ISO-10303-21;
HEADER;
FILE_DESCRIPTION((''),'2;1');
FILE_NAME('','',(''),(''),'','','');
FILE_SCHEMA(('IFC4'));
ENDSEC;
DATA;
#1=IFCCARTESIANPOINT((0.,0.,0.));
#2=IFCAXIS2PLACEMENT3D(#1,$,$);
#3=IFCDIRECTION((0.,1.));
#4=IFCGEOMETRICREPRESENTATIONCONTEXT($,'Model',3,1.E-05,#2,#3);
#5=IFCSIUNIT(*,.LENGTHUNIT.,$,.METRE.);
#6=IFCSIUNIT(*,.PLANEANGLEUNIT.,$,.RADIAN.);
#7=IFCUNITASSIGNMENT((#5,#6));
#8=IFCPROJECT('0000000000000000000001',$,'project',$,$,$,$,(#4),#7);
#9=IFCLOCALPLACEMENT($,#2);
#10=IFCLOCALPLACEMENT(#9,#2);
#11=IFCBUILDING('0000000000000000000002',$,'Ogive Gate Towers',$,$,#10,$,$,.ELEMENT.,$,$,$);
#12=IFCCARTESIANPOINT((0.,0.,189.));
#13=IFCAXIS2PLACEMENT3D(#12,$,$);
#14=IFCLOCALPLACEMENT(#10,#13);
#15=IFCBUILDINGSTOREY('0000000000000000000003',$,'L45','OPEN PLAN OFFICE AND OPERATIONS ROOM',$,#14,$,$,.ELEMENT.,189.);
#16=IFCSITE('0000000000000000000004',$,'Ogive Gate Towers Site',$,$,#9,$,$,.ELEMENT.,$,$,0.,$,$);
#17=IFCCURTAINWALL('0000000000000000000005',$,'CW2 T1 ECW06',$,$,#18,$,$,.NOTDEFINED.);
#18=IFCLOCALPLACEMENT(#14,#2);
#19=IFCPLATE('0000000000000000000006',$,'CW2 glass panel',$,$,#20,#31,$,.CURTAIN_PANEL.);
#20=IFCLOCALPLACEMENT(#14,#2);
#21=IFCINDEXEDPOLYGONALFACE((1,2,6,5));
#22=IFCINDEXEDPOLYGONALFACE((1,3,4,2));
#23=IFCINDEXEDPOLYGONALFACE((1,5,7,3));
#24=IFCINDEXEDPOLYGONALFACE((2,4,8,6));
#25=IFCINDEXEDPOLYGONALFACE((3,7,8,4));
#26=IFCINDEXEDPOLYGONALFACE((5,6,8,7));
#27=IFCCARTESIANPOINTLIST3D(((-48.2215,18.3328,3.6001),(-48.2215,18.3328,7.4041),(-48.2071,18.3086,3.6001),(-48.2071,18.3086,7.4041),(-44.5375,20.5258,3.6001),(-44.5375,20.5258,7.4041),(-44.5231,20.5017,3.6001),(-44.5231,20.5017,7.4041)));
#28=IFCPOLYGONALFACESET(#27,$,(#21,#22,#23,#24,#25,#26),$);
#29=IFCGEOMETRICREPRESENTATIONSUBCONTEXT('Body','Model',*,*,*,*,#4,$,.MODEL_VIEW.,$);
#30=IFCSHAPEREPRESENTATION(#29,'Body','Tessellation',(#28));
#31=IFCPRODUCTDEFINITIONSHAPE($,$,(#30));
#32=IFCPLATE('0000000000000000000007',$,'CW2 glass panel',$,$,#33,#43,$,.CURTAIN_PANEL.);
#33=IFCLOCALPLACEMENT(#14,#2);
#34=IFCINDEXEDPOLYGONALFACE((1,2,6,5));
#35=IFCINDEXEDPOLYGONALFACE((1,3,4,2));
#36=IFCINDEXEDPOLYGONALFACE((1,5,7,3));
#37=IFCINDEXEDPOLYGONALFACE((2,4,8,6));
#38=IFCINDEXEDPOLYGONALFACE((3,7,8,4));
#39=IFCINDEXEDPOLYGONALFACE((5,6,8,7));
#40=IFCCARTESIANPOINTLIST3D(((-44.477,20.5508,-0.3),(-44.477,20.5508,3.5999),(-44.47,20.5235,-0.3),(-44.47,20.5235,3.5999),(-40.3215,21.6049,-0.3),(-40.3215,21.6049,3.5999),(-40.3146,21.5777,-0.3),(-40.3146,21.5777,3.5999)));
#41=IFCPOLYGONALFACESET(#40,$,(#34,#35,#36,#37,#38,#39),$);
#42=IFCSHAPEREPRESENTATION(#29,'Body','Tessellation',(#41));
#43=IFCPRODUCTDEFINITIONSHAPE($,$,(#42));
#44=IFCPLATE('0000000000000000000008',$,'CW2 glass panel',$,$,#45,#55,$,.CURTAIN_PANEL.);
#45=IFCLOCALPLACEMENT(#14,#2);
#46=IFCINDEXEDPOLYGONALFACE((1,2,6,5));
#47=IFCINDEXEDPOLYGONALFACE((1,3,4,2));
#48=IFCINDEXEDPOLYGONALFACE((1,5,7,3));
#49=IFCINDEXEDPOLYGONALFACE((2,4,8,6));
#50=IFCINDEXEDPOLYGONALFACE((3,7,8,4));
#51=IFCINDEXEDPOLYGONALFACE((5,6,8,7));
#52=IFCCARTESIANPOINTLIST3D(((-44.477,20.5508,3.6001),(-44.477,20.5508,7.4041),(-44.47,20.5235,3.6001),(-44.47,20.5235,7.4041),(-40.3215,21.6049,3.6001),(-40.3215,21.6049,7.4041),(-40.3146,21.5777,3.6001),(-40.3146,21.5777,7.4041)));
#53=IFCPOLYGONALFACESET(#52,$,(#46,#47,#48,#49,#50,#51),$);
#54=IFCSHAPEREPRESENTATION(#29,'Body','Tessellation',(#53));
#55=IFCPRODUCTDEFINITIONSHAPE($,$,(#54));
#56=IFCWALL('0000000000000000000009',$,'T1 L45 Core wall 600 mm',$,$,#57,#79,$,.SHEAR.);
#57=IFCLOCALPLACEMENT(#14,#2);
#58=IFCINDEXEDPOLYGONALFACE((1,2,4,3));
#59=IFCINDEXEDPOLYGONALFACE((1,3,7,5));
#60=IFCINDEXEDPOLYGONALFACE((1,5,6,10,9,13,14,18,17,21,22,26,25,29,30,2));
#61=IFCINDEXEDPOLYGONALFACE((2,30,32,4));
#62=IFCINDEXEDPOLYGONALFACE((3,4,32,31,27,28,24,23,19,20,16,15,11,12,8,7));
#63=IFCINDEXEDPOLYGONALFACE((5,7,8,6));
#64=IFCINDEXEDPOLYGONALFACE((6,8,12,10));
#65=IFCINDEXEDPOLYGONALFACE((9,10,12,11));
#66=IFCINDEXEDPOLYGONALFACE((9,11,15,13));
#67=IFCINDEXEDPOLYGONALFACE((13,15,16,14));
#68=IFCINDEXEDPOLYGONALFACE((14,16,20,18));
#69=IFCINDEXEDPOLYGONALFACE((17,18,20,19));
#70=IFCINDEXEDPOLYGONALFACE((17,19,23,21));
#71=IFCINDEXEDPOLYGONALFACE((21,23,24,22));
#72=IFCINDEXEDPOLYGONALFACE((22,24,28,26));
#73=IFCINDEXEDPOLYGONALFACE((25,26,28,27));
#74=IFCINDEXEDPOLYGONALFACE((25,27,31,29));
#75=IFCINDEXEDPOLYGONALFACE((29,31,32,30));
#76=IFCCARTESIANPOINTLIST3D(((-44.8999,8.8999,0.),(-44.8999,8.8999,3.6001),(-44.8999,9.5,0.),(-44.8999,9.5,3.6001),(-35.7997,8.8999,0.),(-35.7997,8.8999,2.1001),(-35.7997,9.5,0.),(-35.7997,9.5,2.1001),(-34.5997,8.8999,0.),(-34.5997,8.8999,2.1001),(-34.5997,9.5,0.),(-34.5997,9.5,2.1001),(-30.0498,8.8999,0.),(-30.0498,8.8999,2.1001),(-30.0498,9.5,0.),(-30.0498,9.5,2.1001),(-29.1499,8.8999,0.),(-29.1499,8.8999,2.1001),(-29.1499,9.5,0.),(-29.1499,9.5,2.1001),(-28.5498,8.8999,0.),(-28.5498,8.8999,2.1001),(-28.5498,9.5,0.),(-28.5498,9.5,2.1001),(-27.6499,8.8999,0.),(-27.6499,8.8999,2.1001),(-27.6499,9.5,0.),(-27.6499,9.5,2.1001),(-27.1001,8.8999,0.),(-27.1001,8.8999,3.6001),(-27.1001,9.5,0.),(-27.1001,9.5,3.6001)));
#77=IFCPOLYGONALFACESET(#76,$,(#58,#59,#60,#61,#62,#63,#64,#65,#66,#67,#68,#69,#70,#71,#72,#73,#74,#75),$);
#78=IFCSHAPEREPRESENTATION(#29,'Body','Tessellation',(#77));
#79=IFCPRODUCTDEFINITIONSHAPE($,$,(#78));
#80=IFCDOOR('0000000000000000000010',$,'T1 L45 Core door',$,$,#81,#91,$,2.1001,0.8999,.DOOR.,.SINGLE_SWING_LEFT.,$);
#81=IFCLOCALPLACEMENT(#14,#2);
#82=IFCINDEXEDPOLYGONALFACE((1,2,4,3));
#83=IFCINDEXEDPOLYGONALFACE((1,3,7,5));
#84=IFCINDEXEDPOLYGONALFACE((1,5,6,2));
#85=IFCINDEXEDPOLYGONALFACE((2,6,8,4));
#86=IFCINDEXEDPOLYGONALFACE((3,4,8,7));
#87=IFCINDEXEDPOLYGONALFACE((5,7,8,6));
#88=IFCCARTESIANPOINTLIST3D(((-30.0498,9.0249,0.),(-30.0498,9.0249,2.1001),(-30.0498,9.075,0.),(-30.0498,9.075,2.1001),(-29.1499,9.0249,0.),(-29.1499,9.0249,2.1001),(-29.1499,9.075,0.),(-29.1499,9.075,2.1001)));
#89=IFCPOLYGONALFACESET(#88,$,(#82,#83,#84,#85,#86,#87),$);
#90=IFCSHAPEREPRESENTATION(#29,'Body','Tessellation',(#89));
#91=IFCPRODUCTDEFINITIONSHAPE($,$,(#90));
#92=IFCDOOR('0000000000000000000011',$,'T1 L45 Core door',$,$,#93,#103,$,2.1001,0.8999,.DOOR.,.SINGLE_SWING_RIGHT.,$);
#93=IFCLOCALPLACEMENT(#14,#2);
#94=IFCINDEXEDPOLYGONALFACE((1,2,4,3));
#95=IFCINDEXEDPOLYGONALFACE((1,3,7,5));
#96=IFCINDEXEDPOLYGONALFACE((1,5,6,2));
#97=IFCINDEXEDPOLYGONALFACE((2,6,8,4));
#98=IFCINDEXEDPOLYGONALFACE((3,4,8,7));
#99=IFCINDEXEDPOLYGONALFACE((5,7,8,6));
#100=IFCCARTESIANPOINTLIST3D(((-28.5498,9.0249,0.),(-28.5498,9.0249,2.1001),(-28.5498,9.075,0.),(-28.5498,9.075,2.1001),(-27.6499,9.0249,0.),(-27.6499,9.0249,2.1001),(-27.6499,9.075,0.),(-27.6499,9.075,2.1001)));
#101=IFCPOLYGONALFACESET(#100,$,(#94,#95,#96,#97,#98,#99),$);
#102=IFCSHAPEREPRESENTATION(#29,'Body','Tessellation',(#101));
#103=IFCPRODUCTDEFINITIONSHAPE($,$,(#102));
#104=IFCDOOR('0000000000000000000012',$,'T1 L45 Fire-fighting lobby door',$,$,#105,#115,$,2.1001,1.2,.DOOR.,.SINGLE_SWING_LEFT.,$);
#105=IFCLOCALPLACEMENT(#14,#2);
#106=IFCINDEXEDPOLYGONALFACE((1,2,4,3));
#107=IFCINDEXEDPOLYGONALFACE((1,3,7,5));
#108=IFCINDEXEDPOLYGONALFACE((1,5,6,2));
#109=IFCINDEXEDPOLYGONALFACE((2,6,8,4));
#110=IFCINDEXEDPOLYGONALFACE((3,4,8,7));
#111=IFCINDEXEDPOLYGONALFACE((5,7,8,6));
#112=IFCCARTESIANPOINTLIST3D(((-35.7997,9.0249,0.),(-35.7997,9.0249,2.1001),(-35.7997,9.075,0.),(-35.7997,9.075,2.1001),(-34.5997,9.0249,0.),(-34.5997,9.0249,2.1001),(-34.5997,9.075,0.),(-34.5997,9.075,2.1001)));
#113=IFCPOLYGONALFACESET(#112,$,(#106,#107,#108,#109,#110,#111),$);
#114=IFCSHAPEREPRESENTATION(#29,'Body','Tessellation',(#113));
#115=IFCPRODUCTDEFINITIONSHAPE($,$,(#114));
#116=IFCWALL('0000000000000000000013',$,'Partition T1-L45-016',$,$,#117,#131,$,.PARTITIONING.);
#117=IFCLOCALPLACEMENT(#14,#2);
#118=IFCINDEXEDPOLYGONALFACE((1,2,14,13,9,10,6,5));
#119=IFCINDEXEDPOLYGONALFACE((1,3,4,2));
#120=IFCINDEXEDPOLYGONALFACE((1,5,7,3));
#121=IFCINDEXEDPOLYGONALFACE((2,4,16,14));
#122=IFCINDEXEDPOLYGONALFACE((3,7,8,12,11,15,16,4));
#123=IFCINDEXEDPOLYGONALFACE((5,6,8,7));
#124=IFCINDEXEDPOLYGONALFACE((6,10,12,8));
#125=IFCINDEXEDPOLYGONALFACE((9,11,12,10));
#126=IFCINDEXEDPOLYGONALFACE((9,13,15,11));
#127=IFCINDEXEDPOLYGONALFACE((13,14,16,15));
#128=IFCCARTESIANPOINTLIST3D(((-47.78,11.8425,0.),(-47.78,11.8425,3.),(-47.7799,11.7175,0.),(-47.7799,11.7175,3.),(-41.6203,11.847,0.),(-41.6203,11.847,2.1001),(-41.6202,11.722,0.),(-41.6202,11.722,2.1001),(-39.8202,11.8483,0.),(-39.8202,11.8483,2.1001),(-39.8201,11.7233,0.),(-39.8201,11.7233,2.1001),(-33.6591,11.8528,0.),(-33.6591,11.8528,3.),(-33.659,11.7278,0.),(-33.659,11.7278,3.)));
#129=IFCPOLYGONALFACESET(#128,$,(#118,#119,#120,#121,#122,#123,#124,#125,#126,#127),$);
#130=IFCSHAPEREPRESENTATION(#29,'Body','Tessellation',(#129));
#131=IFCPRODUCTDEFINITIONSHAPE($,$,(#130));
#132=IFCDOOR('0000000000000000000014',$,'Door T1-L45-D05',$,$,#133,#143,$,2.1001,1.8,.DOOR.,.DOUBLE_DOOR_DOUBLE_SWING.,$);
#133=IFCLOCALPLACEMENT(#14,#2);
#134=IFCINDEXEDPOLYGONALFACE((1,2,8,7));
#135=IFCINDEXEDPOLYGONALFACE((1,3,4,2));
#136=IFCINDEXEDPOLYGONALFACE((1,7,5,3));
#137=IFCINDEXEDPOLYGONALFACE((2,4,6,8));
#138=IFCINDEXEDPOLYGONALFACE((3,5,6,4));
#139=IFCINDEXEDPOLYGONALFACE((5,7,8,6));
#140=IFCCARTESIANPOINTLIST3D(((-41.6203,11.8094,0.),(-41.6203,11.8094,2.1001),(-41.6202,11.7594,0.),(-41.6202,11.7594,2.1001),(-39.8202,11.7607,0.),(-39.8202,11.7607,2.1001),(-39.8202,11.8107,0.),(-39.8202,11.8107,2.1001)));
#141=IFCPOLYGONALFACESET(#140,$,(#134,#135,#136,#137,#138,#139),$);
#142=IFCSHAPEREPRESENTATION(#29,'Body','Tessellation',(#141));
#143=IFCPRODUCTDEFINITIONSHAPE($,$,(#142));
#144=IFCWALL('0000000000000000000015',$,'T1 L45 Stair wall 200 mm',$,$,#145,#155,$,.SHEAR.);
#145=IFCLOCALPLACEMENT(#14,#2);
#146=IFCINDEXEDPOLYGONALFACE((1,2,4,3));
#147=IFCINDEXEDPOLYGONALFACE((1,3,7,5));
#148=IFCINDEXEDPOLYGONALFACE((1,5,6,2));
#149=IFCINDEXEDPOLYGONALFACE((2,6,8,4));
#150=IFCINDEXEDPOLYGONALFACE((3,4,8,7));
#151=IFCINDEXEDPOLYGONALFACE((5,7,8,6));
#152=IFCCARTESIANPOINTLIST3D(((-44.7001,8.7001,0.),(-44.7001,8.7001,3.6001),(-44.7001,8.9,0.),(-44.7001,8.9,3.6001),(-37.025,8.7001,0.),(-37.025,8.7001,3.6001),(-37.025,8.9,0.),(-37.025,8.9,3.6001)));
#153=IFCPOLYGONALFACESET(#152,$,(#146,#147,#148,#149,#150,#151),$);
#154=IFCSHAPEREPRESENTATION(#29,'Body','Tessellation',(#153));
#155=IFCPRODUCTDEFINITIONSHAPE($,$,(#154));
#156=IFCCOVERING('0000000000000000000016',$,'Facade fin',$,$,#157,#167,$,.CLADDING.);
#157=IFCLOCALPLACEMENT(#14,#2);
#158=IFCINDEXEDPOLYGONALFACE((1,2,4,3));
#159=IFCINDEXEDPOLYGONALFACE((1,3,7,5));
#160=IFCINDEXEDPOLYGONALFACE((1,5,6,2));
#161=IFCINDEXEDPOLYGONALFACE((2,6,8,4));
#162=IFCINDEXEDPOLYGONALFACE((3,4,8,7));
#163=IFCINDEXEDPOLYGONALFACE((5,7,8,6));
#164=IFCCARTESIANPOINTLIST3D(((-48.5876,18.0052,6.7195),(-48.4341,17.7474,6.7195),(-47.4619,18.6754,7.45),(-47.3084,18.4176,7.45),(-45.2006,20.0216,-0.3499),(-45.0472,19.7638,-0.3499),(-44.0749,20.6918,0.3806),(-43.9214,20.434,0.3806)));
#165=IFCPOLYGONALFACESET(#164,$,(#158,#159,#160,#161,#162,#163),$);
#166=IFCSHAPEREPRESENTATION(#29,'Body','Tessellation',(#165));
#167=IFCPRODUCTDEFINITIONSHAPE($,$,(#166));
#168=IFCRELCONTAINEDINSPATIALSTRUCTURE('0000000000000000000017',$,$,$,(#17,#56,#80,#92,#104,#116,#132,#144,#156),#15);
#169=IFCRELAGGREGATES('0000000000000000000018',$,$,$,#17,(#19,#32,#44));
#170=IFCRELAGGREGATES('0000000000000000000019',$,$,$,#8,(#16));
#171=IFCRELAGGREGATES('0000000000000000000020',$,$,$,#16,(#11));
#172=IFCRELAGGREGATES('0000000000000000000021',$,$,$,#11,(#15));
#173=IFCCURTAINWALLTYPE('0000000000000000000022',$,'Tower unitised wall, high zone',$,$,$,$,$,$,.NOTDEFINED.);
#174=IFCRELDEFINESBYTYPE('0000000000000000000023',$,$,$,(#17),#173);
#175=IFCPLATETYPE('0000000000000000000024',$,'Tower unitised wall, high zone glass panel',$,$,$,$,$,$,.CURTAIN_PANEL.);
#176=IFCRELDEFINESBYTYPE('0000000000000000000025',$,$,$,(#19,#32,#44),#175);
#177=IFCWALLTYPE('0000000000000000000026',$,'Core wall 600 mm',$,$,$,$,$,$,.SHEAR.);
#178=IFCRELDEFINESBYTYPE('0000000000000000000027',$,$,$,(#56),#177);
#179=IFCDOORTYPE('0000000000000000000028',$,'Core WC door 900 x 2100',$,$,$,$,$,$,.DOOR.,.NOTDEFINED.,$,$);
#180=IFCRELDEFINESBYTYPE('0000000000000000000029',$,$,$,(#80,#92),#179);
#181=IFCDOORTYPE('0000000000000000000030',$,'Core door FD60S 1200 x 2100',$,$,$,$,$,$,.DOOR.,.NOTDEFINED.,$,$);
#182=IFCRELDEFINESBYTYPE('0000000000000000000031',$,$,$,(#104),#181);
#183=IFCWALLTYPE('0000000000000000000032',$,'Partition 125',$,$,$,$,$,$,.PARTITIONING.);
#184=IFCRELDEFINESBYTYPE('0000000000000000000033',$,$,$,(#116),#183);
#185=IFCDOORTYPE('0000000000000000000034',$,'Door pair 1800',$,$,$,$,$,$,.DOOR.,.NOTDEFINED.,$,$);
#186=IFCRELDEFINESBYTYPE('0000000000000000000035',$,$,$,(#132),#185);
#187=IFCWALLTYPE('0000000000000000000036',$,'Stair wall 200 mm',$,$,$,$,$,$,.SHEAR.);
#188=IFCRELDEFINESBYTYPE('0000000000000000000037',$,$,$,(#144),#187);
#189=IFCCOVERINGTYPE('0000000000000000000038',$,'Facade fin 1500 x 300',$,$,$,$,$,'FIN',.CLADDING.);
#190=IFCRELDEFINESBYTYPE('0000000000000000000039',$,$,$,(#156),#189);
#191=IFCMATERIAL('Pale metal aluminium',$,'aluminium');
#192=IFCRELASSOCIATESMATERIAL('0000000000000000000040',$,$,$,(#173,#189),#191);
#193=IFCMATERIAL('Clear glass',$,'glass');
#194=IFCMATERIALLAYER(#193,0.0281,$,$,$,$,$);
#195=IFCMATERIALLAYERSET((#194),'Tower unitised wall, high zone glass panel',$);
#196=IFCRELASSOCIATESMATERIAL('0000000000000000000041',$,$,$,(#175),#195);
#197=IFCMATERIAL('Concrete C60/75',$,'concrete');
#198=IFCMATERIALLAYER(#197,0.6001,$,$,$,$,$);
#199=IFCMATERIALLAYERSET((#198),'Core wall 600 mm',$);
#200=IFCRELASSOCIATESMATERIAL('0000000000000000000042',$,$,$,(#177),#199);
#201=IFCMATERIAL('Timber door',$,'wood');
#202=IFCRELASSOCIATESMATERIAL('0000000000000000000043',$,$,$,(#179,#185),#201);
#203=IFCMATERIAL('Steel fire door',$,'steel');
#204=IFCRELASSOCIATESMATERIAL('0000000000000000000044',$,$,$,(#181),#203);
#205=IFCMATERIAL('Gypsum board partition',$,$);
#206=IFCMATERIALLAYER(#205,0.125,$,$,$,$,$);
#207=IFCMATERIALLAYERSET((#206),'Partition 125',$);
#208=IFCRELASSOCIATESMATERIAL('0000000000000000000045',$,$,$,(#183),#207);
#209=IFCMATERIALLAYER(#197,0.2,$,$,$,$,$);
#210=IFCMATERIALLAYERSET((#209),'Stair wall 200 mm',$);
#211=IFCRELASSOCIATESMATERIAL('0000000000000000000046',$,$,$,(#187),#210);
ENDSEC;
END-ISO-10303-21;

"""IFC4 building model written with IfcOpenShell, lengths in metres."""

from ifc_helpers import new_model, si_unit, direction, frame, frame_2d, origin, origin_2d, place, context, subcontext, project, spatial, rectangle, extrude, material, layer, layer_set, material_profile, profile_set, type_object, element, fill, aggregate, save


model = new_model("IFC4")

# Units and contexts
model_context = context("Model", 3, precision=1e-05, world=origin(), true_north=direction((0.0, 1.0)))
body_context = subcontext(model_context, "Body", "Model", "MODEL_VIEW")
ifc_project = project(units=[si_unit("LENGTHUNIT", "METRE"), si_unit("PLANEANGLEUNIT", "RADIAN")], contexts=[model_context])

# Site, building, storey
site_placement = place(None, origin())
site = spatial("IfcSite", under=ifc_project, at=site_placement, Name="Ogive Gate Towers Site", CompositionType="ELEMENT", RefElevation=0.0)
building_placement = place(site_placement, origin())
building = spatial("IfcBuilding", under=site, at=building_placement, Name="Ogive Gate Towers", CompositionType="ELEMENT")
storey_placement = place(building_placement, frame((0.0, 0.0, 189.0)))
storey = spatial("IfcBuildingStorey", under=building, at=storey_placement, Name="L45", Description="OPEN PLAN OFFICE AND OPERATIONS ROOM", CompositionType="ELEMENT", Elevation=189.0)

# Curtain wall, plates
ifc_material_1 = material(Name="Pale metal aluminium", Category="aluminium")
curtain_wall_type = type_object("IfcCurtainWallType", Name="Tower unitised wall, high zone", PredefinedType="NOTDEFINED", material=ifc_material_1)
curtain_wall_placement = place(storey_placement, origin())
curtain_wall = element("IfcCurtainWall", 1, at=curtain_wall_placement, inside=storey, type_object=curtain_wall_type, Name="CW2 T1 ECW06", PredefinedType="NOTDEFINED")
ifc_material_2 = material(Name="Clear glass", Category="glass")
ifc_layer_1 = layer(ifc_material_2, 0.0281)
ifc_layer_set_1 = layer_set([ifc_layer_1], Name="Tower unitised wall, high zone glass panel")
plate_type = type_object("IfcPlateType", Name="Tower unitised wall, high zone glass panel", PredefinedType="CURTAIN_PANEL", material=ifc_layer_set_1)
plate_1_placement = place(storey_placement, frame((-46.3723, 19.4172, 3.6001), z_axis=(0.0, 0.0, 1.0), x_axis=(0.859273, 0.511518, 0.0)))
plate_1 = element("IfcPlate", 2, at=plate_1_placement, type_object=plate_type, Name="CW2 glass panel", PredefinedType="CURTAIN_PANEL", context=body_context, shape_type="SweptSolid", body=[
    extrude(rectangle(XDim=4.2874, YDim=0.0281, at=origin_2d()), origin(), (0.0, 0.0, 1.0), 3.804),
])
plate_2_placement = place(storey_placement, frame((-42.3958, 21.0642, -0.3), z_axis=(0.0, 0.0, 1.0), x_axis=(0.9693, 0.245883, 0.0)))
plate_2 = element("IfcPlate", 3, at=plate_2_placement, type_object=plate_type, Name="CW2 glass panel", PredefinedType="CURTAIN_PANEL", context=body_context, shape_type="SweptSolid", body=[
    extrude(rectangle(XDim=4.2871, YDim=0.0281, at=origin_2d()), origin(), (0.0, 0.0, 1.0), 3.8999),
])
plate_3_placement = place(storey_placement, frame((-42.3958, 21.0642, 3.6001), z_axis=(0.0, 0.0, 1.0), x_axis=(0.9693, 0.245883, 0.0)))
plate_3 = element("IfcPlate", 4, at=plate_3_placement, type_object=plate_type, Name="CW2 glass panel", PredefinedType="CURTAIN_PANEL", context=body_context, shape_type="SweptSolid", body=[
    extrude(rectangle(XDim=4.2871, YDim=0.0281, at=origin_2d()), origin(), (0.0, 0.0, 1.0), 3.804),
])
aggregate(curtain_wall, [plate_1, plate_2, plate_3])

# Wall, openings, doors
ifc_material_3 = material(Name="Concrete C60/75", Category="concrete")
ifc_layer_2 = layer(ifc_material_3, 0.6001)
ifc_layer_set_2 = layer_set([ifc_layer_2], Name="Core wall 600 mm")
wall_type_1 = type_object("IfcWallType", Name="Core wall 600 mm", PredefinedType="SHEAR", material=ifc_layer_set_2)
wall_1_placement = place(storey_placement, frame((-44.8999, 9.2, 0.0), z_axis=(0.0, 0.0, 1.0), x_axis=(1.0, 0.0, 0.0)))
wall_1 = element("IfcWall", 5, at=wall_1_placement, inside=storey, type_object=wall_type_1, Name="T1 L45 Core wall 600 mm", PredefinedType="SHEAR", context=body_context, shape_type="SweptSolid", body=[
    extrude(rectangle(XDim=17.7998, YDim=0.6001, at=frame_2d((8.8999, 0.0))), origin(), (0.0, 0.0, 1.0), 3.6001),
])
opening_1_placement = place(wall_1_placement, frame((9.1001, 0.0, 0.0)))
opening_1 = element("IfcOpeningElement", 6, at=opening_1_placement, cuts=wall_1, PredefinedType="OPENING", context=body_context, shape_type="SweptSolid", body=[
    extrude(rectangle(XDim=1.2, YDim=2.1001, at=frame_2d((0.6001, 1.05))), frame((0.0, 0.3101, 0.0), z_axis=(0.0, -1.0, 0.0), x_axis=(1.0, 0.0, 0.0)), (0.0, 0.0, 1.0), 0.6201),
])
opening_2_placement = place(wall_1_placement, frame((14.8501, 0.0, 0.0)))
opening_2 = element("IfcOpeningElement", 7, at=opening_2_placement, cuts=wall_1, PredefinedType="OPENING", context=body_context, shape_type="SweptSolid", body=[
    extrude(rectangle(XDim=0.8999, YDim=2.1001, at=frame_2d((0.45, 1.05))), frame((0.0, 0.3101, 0.0), z_axis=(0.0, -1.0, 0.0), x_axis=(1.0, 0.0, 0.0)), (0.0, 0.0, 1.0), 0.6201),
])
opening_3_placement = place(wall_1_placement, frame((16.3501, 0.0, 0.0)))
opening_3 = element("IfcOpeningElement", 8, at=opening_3_placement, cuts=wall_1, PredefinedType="OPENING", context=body_context, shape_type="SweptSolid", body=[
    extrude(rectangle(XDim=0.8999, YDim=2.1001, at=frame_2d((0.45, 1.05))), frame((0.0, 0.3101, 0.0), z_axis=(0.0, -1.0, 0.0), x_axis=(1.0, 0.0, 0.0)), (0.0, 0.0, 1.0), 0.6201),
])
ifc_material_4 = material(Name="Timber door", Category="wood")
door_type_1 = type_object("IfcDoorType", Name="Core WC door 900 x 2100", OperationType="NOTDEFINED", PredefinedType="DOOR", material=ifc_material_4)
door_1_placement = place(opening_2_placement, origin())
door_1 = element("IfcDoor", 9, at=door_1_placement, inside=storey, type_object=door_type_1, Name="T1 L45 Core door", OperationType="SINGLE_SWING_LEFT", OverallHeight=2.1001, OverallWidth=0.8999, PredefinedType="DOOR", context=body_context, shape_type="SweptSolid", body=[
    extrude(rectangle(XDim=0.8999, YDim=2.1001, at=frame_2d((0.45, 1.05))), frame((0.0, -0.125, 0.0), z_axis=(0.0, -1.0, 0.0), x_axis=(1.0, 0.0, 0.0)), (0.0, 0.0, 1.0), 0.05),
])
fill(opening_2, door_1)
door_2_placement = place(opening_3_placement, origin())
door_2 = element("IfcDoor", 10, at=door_2_placement, inside=storey, type_object=door_type_1, Name="T1 L45 Core door", OperationType="SINGLE_SWING_RIGHT", OverallHeight=2.1001, OverallWidth=0.8999, PredefinedType="DOOR", context=body_context, shape_type="SweptSolid", body=[
    extrude(rectangle(XDim=0.8999, YDim=2.1001, at=frame_2d((0.45, 1.05))), frame((0.0, -0.125, 0.0), z_axis=(0.0, -1.0, 0.0), x_axis=(1.0, 0.0, 0.0)), (0.0, 0.0, 1.0), 0.05),
])
fill(opening_3, door_2)
ifc_material_5 = material(Name="Steel fire door", Category="steel")
door_type_2 = type_object("IfcDoorType", Name="Core door FD60S 1200 x 2100", OperationType="NOTDEFINED", PredefinedType="DOOR", material=ifc_material_5)
door_3_placement = place(opening_1_placement, origin())
door_3 = element("IfcDoor", 11, at=door_3_placement, inside=storey, type_object=door_type_2, Name="T1 L45 Fire-fighting lobby door", OperationType="SINGLE_SWING_LEFT", OverallHeight=2.1001, OverallWidth=1.2, PredefinedType="DOOR", context=body_context, shape_type="SweptSolid", body=[
    extrude(rectangle(XDim=1.2, YDim=2.1001, at=frame_2d((0.6001, 1.05))), frame((0.0, -0.125, 0.0), z_axis=(0.0, -1.0, 0.0), x_axis=(1.0, 0.0, 0.0)), (0.0, 0.0, 1.0), 0.05),
])
fill(opening_1, door_3)

# Wall, opening, door
ifc_material_6 = material(Name="Gypsum board partition")
ifc_layer_3 = layer(ifc_material_6, 0.125)
ifc_layer_set_3 = layer_set([ifc_layer_3], Name="Partition 125")
wall_type_2 = type_object("IfcWallType", Name="Partition 125", PredefinedType="PARTITIONING", material=ifc_layer_set_3)
wall_2_placement = place(storey_placement, frame((-47.78, 11.78, 0.0), z_axis=(0.0, 0.0, 1.0), x_axis=(1.0, 0.000726, 0.0)))
wall_2 = element("IfcWall", 12, at=wall_2_placement, inside=storey, type_object=wall_type_2, Name="Partition T1-L45-016", PredefinedType="PARTITIONING", context=body_context, shape_type="SweptSolid", body=[
    extrude(rectangle(XDim=14.1208, YDim=0.125, at=frame_2d((7.0605, 0.0))), origin(), (0.0, 0.0, 1.0), 3.0),
])
opening_4_placement = place(wall_2_placement, frame((6.1599, 0.0, 0.0)))
opening_4 = element("IfcOpeningElement", 13, at=opening_4_placement, cuts=wall_2, PredefinedType="OPENING", context=body_context, shape_type="SweptSolid", body=[
    extrude(rectangle(XDim=1.8, YDim=2.1001, at=frame_2d((0.8999, 1.05))), frame((0.0, 0.0725, 0.0), z_axis=(0.0, -1.0, 0.0), x_axis=(1.0, 0.0, 0.0)), (0.0, 0.0, 1.0), 0.145),
])
door_type_3 = type_object("IfcDoorType", Name="Door pair 1800", OperationType="NOTDEFINED", PredefinedType="DOOR", material=ifc_material_4)
door_4_placement = place(opening_4_placement, origin())
door_4 = element("IfcDoor", 14, at=door_4_placement, inside=storey, type_object=door_type_3, Name="Door T1-L45-D05", OperationType="DOUBLE_DOOR_DOUBLE_SWING", OverallHeight=2.1001, OverallWidth=1.8, PredefinedType="DOOR", context=body_context, shape_type="SweptSolid", body=[
    extrude(rectangle(XDim=1.8, YDim=2.1001, at=frame_2d((0.8999, 1.05))), frame((0.0, 0.0249, 0.0), z_axis=(0.0, -1.0, 0.0), x_axis=(1.0, 0.0, 0.0)), (0.0, 0.0, 1.0), 0.05),
])
fill(opening_4, door_4)

# Wall
ifc_layer_4 = layer(ifc_material_3, 0.2)
ifc_layer_set_4 = layer_set([ifc_layer_4], Name="Stair wall 200 mm")
wall_type_3 = type_object("IfcWallType", Name="Stair wall 200 mm", PredefinedType="SHEAR", material=ifc_layer_set_4)
wall_3_placement = place(storey_placement, frame((-44.7, 8.8, 0.0), z_axis=(0.0, 0.0, 1.0), x_axis=(1.0, 0.0, 0.0)))
element("IfcWall", 15, at=wall_3_placement, inside=storey, type_object=wall_type_3, Name="T1 L45 Stair wall 200 mm", PredefinedType="SHEAR", context=body_context, shape_type="SweptSolid", body=[
    extrude(rectangle(XDim=7.675, YDim=0.2, at=frame_2d((3.8374, 0.0))), origin(), (0.0, 0.0, 1.0), 3.6001),
])

# Covering
ifc_material_profile_1 = material_profile(ifc_material_1, rectangle(XDim=0.3, YDim=1.5, at=origin_2d()), Name="1500 x 300 pale metal aluminium")
ifc_profile_set_1 = profile_set([ifc_material_profile_1], Name="Pale metal aluminium")
covering_type = type_object("IfcCoveringType", Name="Facade fin 1500 x 300", ElementType="FIN", PredefinedType="CLADDING", material=ifc_profile_set_1)
covering_1_placement = place(storey_placement, frame((-44.561, 20.2278, 0.0154), z_axis=(-0.418454, -0.249118, 0.873405), x_axis=(0.511542, -0.859259, 0.0)))
element("IfcCovering", 16, at=covering_1_placement, inside=storey, type_object=covering_type, Name="Facade fin", PredefinedType="CLADDING", context=body_context, shape_type="SweptSolid", body=[
    extrude(rectangle(XDim=0.3, YDim=1.5, at=origin_2d()), origin(), (0.0, 0.0, 1.0), 8.094),
])

save(model, "model.ifc")
